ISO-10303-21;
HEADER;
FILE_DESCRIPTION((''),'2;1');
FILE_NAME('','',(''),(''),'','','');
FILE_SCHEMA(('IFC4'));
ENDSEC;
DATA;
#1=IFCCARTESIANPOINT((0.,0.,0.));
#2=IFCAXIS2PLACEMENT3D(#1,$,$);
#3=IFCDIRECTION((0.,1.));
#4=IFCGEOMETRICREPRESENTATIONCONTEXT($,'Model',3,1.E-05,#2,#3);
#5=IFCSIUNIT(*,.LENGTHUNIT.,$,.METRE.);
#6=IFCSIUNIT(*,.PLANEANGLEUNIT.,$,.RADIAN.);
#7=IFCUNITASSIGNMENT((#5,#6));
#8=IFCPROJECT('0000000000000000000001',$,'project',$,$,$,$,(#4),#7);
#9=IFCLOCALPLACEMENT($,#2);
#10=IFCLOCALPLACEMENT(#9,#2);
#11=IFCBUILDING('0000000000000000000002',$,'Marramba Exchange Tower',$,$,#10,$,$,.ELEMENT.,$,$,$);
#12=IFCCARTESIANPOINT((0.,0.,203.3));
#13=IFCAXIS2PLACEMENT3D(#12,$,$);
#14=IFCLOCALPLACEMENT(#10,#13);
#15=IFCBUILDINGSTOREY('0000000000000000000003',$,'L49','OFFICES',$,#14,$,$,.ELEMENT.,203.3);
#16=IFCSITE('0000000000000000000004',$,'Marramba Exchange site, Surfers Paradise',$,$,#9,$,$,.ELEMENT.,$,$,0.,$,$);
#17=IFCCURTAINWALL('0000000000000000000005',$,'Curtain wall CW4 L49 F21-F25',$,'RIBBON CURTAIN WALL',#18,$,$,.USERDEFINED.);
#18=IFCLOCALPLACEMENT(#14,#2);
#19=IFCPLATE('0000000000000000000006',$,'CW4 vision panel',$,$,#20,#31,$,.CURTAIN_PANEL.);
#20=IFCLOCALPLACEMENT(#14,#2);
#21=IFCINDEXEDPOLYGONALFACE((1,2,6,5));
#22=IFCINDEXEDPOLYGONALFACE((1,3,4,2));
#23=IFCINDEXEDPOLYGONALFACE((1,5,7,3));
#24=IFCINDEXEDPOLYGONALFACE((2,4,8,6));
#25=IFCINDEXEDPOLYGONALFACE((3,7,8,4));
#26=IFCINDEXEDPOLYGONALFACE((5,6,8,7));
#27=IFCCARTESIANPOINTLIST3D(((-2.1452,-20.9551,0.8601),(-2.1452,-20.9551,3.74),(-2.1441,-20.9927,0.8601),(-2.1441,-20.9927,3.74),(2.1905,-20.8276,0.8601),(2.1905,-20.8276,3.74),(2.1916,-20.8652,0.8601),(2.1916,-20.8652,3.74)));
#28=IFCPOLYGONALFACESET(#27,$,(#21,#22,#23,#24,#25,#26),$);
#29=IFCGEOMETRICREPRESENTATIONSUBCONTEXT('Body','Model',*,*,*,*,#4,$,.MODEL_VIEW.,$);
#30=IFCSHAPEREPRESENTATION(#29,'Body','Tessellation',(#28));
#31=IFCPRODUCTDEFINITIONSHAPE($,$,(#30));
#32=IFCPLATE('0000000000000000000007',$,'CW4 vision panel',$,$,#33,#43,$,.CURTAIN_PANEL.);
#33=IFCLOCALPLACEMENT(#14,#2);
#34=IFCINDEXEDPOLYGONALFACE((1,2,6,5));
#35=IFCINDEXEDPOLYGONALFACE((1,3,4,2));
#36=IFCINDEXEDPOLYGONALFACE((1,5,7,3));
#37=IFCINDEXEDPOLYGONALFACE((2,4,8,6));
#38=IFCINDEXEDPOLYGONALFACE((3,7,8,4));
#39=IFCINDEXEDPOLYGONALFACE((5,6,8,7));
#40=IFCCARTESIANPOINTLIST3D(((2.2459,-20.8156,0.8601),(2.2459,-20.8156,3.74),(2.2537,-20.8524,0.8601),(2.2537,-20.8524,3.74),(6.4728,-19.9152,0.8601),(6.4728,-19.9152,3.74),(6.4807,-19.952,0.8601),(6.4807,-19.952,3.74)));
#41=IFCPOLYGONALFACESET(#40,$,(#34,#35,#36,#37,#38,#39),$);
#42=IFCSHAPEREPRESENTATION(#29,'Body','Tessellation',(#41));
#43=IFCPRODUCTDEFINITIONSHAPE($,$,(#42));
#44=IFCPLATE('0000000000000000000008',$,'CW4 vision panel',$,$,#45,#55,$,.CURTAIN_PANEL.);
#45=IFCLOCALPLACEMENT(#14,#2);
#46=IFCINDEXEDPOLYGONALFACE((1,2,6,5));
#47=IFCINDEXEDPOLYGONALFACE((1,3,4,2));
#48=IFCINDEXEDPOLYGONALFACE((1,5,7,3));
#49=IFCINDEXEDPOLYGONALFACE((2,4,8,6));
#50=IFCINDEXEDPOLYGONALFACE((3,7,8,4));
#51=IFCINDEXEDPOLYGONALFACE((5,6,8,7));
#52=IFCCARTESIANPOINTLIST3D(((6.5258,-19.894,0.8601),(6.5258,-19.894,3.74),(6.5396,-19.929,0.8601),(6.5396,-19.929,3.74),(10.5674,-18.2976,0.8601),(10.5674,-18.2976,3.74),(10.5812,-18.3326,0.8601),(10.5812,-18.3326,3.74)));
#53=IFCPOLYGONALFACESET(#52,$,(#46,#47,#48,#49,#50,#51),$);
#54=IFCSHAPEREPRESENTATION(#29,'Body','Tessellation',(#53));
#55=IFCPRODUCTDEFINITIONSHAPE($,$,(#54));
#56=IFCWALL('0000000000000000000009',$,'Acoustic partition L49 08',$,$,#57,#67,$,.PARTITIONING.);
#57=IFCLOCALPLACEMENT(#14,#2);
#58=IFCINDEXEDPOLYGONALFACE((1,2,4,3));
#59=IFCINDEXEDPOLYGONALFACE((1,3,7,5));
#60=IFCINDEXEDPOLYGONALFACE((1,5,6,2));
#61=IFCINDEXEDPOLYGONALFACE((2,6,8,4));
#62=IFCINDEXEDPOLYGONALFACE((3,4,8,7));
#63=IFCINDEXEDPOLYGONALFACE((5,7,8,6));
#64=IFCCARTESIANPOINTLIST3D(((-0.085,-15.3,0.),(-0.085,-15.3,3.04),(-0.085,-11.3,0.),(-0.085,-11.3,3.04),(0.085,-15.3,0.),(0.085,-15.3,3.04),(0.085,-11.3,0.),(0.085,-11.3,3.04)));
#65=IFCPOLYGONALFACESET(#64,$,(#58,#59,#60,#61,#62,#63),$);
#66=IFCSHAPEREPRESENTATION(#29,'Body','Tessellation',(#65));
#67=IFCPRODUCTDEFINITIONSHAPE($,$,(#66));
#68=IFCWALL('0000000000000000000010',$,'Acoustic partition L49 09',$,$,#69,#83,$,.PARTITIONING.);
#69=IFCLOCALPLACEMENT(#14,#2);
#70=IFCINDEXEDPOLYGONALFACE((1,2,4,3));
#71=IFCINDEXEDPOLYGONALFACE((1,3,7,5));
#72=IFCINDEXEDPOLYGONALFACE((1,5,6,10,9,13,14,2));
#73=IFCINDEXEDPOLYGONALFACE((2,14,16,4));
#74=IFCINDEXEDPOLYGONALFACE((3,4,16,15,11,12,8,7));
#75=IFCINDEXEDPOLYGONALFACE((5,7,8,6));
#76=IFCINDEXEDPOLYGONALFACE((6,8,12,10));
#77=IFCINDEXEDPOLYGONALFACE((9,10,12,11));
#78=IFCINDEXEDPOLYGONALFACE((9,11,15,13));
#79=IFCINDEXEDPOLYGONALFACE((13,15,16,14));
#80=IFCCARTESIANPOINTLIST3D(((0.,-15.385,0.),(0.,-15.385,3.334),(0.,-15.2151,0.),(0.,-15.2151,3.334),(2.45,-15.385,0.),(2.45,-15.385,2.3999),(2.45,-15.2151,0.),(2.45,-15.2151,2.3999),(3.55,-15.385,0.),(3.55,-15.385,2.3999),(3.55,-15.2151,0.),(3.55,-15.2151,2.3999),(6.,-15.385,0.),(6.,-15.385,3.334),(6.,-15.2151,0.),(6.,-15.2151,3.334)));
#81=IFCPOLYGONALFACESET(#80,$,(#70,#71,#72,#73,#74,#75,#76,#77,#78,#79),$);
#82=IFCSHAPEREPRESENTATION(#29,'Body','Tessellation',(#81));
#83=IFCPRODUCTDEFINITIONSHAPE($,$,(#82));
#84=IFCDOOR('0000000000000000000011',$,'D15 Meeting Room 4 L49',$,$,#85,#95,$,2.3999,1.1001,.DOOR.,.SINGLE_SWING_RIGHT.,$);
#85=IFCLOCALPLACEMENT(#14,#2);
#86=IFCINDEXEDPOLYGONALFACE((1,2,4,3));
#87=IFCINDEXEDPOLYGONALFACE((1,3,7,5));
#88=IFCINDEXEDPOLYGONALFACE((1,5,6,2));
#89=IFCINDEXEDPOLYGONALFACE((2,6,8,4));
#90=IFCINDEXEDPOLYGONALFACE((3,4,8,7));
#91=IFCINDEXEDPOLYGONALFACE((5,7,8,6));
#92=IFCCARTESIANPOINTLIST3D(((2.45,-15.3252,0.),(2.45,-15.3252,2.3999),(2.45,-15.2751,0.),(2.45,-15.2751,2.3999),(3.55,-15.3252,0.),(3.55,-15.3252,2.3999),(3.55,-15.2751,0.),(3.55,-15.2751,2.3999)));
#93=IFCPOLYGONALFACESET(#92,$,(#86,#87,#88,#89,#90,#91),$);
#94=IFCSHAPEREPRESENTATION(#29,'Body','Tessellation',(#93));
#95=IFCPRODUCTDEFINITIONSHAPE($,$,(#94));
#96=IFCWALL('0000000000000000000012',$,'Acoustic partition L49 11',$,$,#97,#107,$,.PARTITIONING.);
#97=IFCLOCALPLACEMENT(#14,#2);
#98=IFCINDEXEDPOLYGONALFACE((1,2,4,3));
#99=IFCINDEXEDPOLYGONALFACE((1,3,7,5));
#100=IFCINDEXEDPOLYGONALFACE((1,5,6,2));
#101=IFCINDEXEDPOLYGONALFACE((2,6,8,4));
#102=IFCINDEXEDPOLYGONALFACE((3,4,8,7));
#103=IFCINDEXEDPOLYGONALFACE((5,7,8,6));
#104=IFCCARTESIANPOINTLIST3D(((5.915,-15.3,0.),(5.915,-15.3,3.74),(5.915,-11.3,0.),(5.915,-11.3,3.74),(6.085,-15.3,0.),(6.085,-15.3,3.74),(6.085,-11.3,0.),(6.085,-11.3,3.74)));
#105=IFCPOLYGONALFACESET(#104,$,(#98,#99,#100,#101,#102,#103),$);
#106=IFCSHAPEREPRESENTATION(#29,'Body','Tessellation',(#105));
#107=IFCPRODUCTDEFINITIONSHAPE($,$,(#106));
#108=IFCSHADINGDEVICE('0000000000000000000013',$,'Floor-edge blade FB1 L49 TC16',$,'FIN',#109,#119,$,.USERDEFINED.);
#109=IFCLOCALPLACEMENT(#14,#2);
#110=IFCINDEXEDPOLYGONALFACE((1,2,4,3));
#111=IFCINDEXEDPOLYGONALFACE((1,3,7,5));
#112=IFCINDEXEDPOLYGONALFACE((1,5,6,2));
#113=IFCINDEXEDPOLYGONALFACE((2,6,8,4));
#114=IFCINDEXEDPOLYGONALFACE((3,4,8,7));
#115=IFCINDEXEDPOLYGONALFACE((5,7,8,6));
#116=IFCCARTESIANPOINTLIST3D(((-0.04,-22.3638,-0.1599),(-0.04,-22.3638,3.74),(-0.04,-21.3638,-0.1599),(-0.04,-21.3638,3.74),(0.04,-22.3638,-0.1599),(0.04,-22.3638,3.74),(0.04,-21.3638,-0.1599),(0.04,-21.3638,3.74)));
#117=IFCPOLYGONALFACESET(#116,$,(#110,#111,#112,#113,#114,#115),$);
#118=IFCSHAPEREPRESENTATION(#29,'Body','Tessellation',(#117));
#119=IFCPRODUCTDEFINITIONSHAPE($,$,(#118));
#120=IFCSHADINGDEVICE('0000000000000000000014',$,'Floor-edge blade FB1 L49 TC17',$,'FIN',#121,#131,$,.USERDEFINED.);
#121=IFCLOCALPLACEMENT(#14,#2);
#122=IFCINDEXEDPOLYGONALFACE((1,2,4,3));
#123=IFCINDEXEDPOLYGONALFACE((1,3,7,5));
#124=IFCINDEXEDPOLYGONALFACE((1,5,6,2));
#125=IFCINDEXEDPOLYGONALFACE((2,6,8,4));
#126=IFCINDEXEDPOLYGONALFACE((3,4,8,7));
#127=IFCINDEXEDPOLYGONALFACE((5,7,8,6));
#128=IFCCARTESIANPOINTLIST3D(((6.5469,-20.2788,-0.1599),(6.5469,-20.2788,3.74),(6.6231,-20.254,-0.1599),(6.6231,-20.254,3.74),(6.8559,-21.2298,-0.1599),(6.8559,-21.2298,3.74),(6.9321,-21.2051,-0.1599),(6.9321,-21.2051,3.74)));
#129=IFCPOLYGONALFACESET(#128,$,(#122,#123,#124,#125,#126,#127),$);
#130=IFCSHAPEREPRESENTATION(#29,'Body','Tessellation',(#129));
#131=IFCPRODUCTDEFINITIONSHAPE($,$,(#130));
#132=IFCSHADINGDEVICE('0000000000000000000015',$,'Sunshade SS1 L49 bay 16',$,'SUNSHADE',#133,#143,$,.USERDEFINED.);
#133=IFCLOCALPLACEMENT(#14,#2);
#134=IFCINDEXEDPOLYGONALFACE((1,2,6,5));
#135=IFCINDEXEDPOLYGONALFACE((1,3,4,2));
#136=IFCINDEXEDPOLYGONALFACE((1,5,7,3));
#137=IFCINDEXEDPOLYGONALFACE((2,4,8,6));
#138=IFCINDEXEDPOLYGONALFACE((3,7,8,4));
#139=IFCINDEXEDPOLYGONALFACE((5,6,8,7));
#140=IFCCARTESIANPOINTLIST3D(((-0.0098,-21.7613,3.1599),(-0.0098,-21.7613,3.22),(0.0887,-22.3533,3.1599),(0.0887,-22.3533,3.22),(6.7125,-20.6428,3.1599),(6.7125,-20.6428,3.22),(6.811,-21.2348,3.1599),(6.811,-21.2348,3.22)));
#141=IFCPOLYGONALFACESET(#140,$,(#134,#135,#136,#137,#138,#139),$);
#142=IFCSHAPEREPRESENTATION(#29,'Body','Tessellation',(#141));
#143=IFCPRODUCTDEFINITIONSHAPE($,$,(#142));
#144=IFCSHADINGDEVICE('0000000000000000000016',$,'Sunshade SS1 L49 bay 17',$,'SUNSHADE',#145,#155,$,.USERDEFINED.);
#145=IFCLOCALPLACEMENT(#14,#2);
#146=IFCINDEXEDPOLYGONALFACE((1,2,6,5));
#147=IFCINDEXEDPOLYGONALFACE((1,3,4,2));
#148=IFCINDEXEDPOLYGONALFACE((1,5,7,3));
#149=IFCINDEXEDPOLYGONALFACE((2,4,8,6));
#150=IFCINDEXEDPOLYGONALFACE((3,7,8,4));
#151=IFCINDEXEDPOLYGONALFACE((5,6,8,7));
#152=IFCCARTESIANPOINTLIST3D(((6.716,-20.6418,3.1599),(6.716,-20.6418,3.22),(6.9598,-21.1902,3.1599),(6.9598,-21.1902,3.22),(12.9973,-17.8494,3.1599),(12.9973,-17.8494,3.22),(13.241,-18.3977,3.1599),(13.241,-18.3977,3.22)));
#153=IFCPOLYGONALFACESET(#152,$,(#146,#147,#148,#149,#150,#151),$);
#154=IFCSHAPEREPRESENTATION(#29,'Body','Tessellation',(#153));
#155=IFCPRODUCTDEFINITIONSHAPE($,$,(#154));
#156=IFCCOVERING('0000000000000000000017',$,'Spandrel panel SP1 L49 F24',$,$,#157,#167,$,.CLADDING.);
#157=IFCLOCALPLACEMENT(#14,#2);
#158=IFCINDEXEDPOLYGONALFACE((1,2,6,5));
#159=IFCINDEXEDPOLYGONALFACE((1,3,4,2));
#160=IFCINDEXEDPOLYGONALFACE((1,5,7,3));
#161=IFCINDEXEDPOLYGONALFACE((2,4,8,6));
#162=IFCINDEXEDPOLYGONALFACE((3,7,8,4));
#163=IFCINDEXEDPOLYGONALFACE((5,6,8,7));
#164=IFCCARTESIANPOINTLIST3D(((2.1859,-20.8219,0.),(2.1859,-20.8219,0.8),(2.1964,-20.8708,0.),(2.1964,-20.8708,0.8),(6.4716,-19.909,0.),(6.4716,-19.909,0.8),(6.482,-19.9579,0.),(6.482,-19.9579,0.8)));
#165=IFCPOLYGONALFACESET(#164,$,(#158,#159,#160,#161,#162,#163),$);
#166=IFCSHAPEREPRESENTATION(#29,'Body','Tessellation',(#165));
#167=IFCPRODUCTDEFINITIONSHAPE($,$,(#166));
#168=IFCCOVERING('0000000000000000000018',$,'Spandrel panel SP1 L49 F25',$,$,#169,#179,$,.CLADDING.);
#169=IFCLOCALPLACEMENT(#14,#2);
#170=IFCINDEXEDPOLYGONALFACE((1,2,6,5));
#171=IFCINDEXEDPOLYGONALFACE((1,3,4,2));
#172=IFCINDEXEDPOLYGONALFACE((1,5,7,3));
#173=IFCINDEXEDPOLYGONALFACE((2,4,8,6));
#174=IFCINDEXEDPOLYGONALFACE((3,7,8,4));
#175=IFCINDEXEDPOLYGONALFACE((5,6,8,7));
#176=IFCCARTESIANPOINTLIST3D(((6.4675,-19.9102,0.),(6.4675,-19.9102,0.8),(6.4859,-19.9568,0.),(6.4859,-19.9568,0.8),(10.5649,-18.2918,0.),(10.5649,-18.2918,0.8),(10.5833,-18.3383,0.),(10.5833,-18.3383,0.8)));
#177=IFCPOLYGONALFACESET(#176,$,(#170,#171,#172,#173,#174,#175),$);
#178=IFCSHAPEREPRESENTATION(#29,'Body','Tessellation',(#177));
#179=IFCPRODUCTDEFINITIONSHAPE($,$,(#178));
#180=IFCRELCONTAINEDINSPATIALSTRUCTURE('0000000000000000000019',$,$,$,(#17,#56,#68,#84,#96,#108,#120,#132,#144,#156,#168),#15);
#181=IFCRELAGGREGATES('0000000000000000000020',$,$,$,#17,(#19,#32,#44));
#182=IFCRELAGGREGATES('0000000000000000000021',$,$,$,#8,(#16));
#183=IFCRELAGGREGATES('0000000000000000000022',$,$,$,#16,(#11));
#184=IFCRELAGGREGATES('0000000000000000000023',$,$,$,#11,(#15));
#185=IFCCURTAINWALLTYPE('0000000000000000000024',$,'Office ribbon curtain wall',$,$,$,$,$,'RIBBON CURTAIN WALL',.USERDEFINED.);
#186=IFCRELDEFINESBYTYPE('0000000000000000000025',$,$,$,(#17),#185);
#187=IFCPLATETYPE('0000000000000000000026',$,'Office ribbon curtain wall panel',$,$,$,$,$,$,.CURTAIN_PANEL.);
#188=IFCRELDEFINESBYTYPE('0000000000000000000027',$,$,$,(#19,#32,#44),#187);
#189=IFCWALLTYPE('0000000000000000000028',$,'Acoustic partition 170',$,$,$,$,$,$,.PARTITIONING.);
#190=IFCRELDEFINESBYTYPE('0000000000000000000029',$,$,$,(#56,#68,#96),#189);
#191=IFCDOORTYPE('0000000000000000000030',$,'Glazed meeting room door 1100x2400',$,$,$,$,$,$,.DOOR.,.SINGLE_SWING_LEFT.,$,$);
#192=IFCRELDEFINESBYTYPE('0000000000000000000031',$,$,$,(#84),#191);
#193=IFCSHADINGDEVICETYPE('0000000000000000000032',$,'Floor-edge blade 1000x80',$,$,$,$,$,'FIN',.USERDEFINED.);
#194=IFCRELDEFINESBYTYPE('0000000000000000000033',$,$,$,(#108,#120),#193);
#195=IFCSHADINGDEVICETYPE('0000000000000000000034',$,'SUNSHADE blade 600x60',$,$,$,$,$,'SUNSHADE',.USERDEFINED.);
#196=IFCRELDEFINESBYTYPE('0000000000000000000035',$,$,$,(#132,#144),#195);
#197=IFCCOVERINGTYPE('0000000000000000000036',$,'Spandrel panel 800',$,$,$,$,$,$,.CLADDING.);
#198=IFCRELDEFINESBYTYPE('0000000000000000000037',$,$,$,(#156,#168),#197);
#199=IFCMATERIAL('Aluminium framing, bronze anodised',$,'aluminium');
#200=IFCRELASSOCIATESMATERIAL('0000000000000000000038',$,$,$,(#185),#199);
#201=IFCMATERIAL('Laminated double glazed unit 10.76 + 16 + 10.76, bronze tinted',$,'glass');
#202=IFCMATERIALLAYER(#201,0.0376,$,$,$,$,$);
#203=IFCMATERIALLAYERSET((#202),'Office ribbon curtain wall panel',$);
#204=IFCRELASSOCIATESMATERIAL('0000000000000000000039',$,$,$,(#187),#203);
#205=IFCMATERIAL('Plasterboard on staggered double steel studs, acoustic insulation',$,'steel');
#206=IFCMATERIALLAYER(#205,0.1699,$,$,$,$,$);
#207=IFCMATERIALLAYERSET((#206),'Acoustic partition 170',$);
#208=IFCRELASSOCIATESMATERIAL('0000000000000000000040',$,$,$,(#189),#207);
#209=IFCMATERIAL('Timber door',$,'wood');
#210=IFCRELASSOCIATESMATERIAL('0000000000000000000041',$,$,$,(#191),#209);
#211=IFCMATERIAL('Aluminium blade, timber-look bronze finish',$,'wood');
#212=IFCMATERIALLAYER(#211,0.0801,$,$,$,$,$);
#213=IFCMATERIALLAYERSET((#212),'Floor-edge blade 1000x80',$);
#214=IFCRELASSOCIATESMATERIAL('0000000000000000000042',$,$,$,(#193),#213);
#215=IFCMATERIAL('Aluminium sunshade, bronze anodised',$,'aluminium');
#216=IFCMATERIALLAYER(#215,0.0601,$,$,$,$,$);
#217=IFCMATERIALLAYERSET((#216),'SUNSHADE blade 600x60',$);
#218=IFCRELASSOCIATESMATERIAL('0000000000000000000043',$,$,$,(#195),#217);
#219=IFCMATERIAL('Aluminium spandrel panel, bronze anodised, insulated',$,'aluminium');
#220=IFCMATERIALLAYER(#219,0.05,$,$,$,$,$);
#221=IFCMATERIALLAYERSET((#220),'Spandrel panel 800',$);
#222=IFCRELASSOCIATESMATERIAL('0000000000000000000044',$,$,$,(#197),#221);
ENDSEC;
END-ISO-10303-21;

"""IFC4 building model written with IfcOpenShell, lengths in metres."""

from ifc_helpers import new_model, si_unit, direction, frame, frame_2d, origin, origin_2d, place, context, subcontext, project, spatial, rectangle, extrude, material, layer, layer_set, type_object, element, fill, aggregate, save


model = new_model("IFC4")

# Units and contexts
model_context = context("Model", 3, precision=1e-05, world=origin(), true_north=direction((0.0, 1.0)))
body_context = subcontext(model_context, "Body", "Model", "MODEL_VIEW")
ifc_project = project(units=[si_unit("LENGTHUNIT", "METRE"), si_unit("PLANEANGLEUNIT", "RADIAN")], contexts=[model_context])

# Site, building, storey
site_placement = place(None, origin())
site = spatial("IfcSite", under=ifc_project, at=site_placement, Name="Marramba Exchange site, Surfers Paradise", CompositionType="ELEMENT", RefElevation=0.0)
building_placement = place(site_placement, origin())
building = spatial("IfcBuilding", under=site, at=building_placement, Name="Marramba Exchange Tower", CompositionType="ELEMENT")
storey_placement = place(building_placement, frame((0.0, 0.0, 203.3)))
storey = spatial("IfcBuildingStorey", under=building, at=storey_placement, Name="L49", Description="OFFICES", CompositionType="ELEMENT", Elevation=203.3)

# Curtain wall
ifc_material_1 = material(Name="Aluminium framing, bronze anodised", Category="aluminium")
curtain_wall_type = type_object("IfcCurtainWallType", Name="Office ribbon curtain wall", ElementType="RIBBON CURTAIN WALL", PredefinedType="USERDEFINED", material=ifc_material_1)
curtain_wall_placement = place(storey_placement, origin())
curtain_wall = element("IfcCurtainWall", 1, at=curtain_wall_placement, inside=storey, type_object=curtain_wall_type, Name="Curtain wall CW4 L49 F21-F25", ObjectType="RIBBON CURTAIN WALL", PredefinedType="USERDEFINED")

# Plates
ifc_material_2 = material(Name="Laminated double glazed unit 10.76 + 16 + 10.76, bronze tinted", Category="glass")
ifc_layer_1 = layer(ifc_material_2, 0.0376)
ifc_layer_set_1 = layer_set([ifc_layer_1], Name="Office ribbon curtain wall panel")
plate_type = type_object("IfcPlateType", Name="Office ribbon curtain wall panel", PredefinedType="CURTAIN_PANEL", material=ifc_layer_set_1)
plate_1_placement = place(storey_placement, frame((0.0232, -20.9102, 0.8601), z_axis=(0.0, 0.0, 1.0), x_axis=(0.999568, 0.029393, 0.0)))
plate_1 = element("IfcPlate", 2, at=plate_1_placement, type_object=plate_type, Name="CW4 vision panel", PredefinedType="CURTAIN_PANEL", context=body_context, shape_type="SweptSolid", body=[
    extrude(rectangle(XDim=4.3376, YDim=0.0376, at=origin_2d()), origin(), (0.0, 0.0, 1.0), 2.8799),
])
plate_2_placement = place(storey_placement, frame((4.3633, -20.3838, 0.8601), z_axis=(0.0, 0.0, 1.0), x_axis=(0.978058, 0.208332, 0.0)))
plate_2 = element("IfcPlate", 3, at=plate_2_placement, type_object=plate_type, Name="CW4 vision panel", PredefinedType="CURTAIN_PANEL", context=body_context, shape_type="SweptSolid", body=[
    extrude(rectangle(XDim=4.3218, YDim=0.0376, at=origin_2d()), origin(), (0.0, 0.0, 1.0), 2.8799),
])
plate_3_placement = place(storey_placement, frame((8.5535, -19.1133, 0.8601), z_axis=(0.0, 0.0, 1.0), x_axis=(0.930073, 0.367375, 0.0)))
plate_3 = element("IfcPlate", 4, at=plate_3_placement, type_object=plate_type, Name="CW4 vision panel", PredefinedType="CURTAIN_PANEL", context=body_context, shape_type="SweptSolid", body=[
    extrude(rectangle(XDim=4.3455, YDim=0.0376, at=origin_2d()), origin(), (0.0, 0.0, 1.0), 2.8799),
])
aggregate(curtain_wall, [plate_1, plate_2, plate_3])

# Wall
ifc_material_3 = material(Name="Plasterboard on staggered double steel studs, acoustic insulation", Category="steel")
ifc_layer_2 = layer(ifc_material_3, 0.1699)
ifc_layer_set_2 = layer_set([ifc_layer_2], Name="Acoustic partition 170")
wall_type = type_object("IfcWallType", Name="Acoustic partition 170", PredefinedType="PARTITIONING", material=ifc_layer_set_2)
wall_1_placement = place(storey_placement, frame((0.0, -15.3, 0.0), z_axis=(0.0, 0.0, 1.0), x_axis=(0.0, 1.0, 0.0)))
element("IfcWall", 5, at=wall_1_placement, inside=storey, type_object=wall_type, Name="Acoustic partition L49 08", PredefinedType="PARTITIONING", context=body_context, shape_type="SweptSolid", body=[
    extrude(rectangle(XDim=4.0, YDim=0.1699, at=frame_2d((2.0, 0.0))), origin(), (0.0, 0.0, 1.0), 3.04),
])

# Wall, opening, door
wall_2_placement = place(storey_placement, frame((0.0, -15.3, 0.0), z_axis=(0.0, 0.0, 1.0), x_axis=(1.0, 0.0, 0.0)))
wall_2 = element("IfcWall", 6, at=wall_2_placement, inside=storey, type_object=wall_type, Name="Acoustic partition L49 09", PredefinedType="PARTITIONING", context=body_context, shape_type="SweptSolid", body=[
    extrude(rectangle(XDim=6.0, YDim=0.1699, at=frame_2d((3.0, 0.0))), origin(), (0.0, 0.0, 1.0), 3.334),
])
opening_placement = place(wall_2_placement, frame((2.45, 0.0, 0.0)))
opening = element("IfcOpeningElement", 7, at=opening_placement, cuts=wall_2, PredefinedType="OPENING", context=body_context, shape_type="SweptSolid", body=[
    extrude(rectangle(XDim=1.1001, YDim=2.3999, at=frame_2d((0.55, 1.2))), frame((0.0, 0.095, 0.0), z_axis=(0.0, -1.0, 0.0), x_axis=(1.0, 0.0, 0.0)), (0.0, 0.0, 1.0), 0.1899),
])
ifc_material_4 = material(Name="Timber door", Category="wood")
door_type = type_object("IfcDoorType", Name="Glazed meeting room door 1100x2400", OperationType="SINGLE_SWING_LEFT", PredefinedType="DOOR", material=ifc_material_4)
door_placement = place(opening_placement, origin())
door = element("IfcDoor", 8, at=door_placement, inside=storey, type_object=door_type, Name="D15 Meeting Room 4 L49", OperationType="SINGLE_SWING_RIGHT", OverallHeight=2.3999, OverallWidth=1.1001, PredefinedType="DOOR", context=body_context, shape_type="SweptSolid", body=[
    extrude(rectangle(XDim=1.1001, YDim=2.3999, at=frame_2d((0.55, 1.2))), frame((0.0, 0.0249, 0.0), z_axis=(0.0, -1.0, 0.0), x_axis=(1.0, 0.0, 0.0)), (0.0, 0.0, 1.0), 0.05),
])
fill(opening, door)

# Wall
wall_3_placement = place(storey_placement, frame((6.0, -15.3, 0.0), z_axis=(0.0, 0.0, 1.0), x_axis=(0.0, 1.0, 0.0)))
element("IfcWall", 9, at=wall_3_placement, inside=storey, type_object=wall_type, Name="Acoustic partition L49 11", PredefinedType="PARTITIONING", context=body_context, shape_type="SweptSolid", body=[
    extrude(rectangle(XDim=4.0, YDim=0.1699, at=frame_2d((2.0, 0.0))), origin(), (0.0, 0.0, 1.0), 3.74),
])

# Shading devices
ifc_material_5 = material(Name="Aluminium blade, timber-look bronze finish", Category="wood")
ifc_layer_3 = layer(ifc_material_5, 0.0801)
ifc_layer_set_3 = layer_set([ifc_layer_3], Name="Floor-edge blade 1000x80")
shading_device_type_1 = type_object("IfcShadingDeviceType", Name="Floor-edge blade 1000x80", ElementType="FIN", PredefinedType="USERDEFINED", material=ifc_layer_set_3)
for number, where, z_axis, x_axis, name in (
    (10, (0.0, -21.8638, -0.1599), (0.0, 0.0, 1.0), (0.0, -1.0, 0.0), "Floor-edge blade FB1 L49 TC16"),
    (11, (6.7395, -20.7419, -0.1599), (0.0, 0.0, 1.0), (0.309017, -0.951057, 0.0), "Floor-edge blade FB1 L49 TC17"),
):
    element("IfcShadingDevice", number, at=place(storey_placement, frame(where, z_axis=z_axis, x_axis=x_axis)), inside=storey, type_object=shading_device_type_1, Name=name, ObjectType="FIN", PredefinedType="USERDEFINED", context=body_context, shape_type="SweptSolid", body=[
        extrude(rectangle(XDim=1.0, YDim=0.0801, at=origin_2d()), origin(), (0.0, 0.0, 1.0), 3.8999),
    ])
ifc_material_6 = material(Name="Aluminium sunshade, bronze anodised", Category="aluminium")
ifc_layer_4 = layer(ifc_material_6, 0.0601)
ifc_layer_set_4 = layer_set([ifc_layer_4], Name="SUNSHADE blade 600x60")
shading_device_type_2 = type_object("IfcShadingDeviceType", Name="SUNSHADE blade 600x60", ElementType="SUNSHADE", PredefinedType="USERDEFINED", material=ifc_layer_set_4)
shading_device_1_placement = place(storey_placement, frame((3.4006, -21.498, 3.1599), z_axis=(0.0, 0.0, 1.0), x_axis=(0.98644, 0.164125, 0.0)))
element("IfcShadingDevice", 12, at=shading_device_1_placement, inside=storey, type_object=shading_device_type_2, Name="Sunshade SS1 L49 bay 16", ObjectType="SUNSHADE", PredefinedType="USERDEFINED", context=body_context, shape_type="SweptSolid", body=[
    extrude(rectangle(XDim=6.8147, YDim=0.6001, at=origin_2d()), origin(), (0.0, 0.0, 1.0), 0.0601),
])
shading_device_2_placement = place(storey_placement, frame((9.9785, -19.5198, 3.1599), z_axis=(0.0, 0.0, 1.0), x_axis=(0.913772, 0.406228, 0.0)))
element("IfcShadingDevice", 13, at=shading_device_2_placement, inside=storey, type_object=shading_device_type_2, Name="Sunshade SS1 L49 bay 17", ObjectType="SUNSHADE", PredefinedType="USERDEFINED", context=body_context, shape_type="SweptSolid", body=[
    extrude(rectangle(XDim=6.874, YDim=0.6001, at=origin_2d()), origin(), (0.0, 0.0, 1.0), 0.0601),
])

# Coverings
ifc_material_7 = material(Name="Aluminium spandrel panel, bronze anodised, insulated", Category="aluminium")
ifc_layer_5 = layer(ifc_material_7, 0.05)
ifc_layer_set_5 = layer_set([ifc_layer_5], Name="Spandrel panel 800")
covering_type = type_object("IfcCoveringType", Name="Spandrel panel 800", PredefinedType="CLADDING", material=ifc_layer_set_5)
covering_1_placement = place(storey_placement, frame((4.334, -20.3899, 0.0), z_axis=(0.0, 0.0, 1.0), x_axis=(0.978058, 0.208332, 0.0)))
element("IfcCovering", 14, at=covering_1_placement, inside=storey, type_object=covering_type, Name="Spandrel panel SP1 L49 F24", PredefinedType="CLADDING", context=body_context, shape_type="SweptSolid", body=[
    extrude(rectangle(XDim=4.3818, YDim=0.05, at=origin_2d()), origin(), (0.0, 0.0, 1.0), 0.8),
])
covering_2_placement = place(storey_placement, frame((8.5254, -19.1243, 0.0), z_axis=(0.0, 0.0, 1.0), x_axis=(0.930073, 0.367375, 0.0)))
element("IfcCovering", 15, at=covering_2_placement, inside=storey, type_object=covering_type, Name="Spandrel panel SP1 L49 F25", PredefinedType="CLADDING", context=body_context, shape_type="SweptSolid", body=[
    extrude(rectangle(XDim=4.4055, YDim=0.05, at=origin_2d()), origin(), (0.0, 0.0, 1.0), 0.8),
])

save(model, "model.ifc")
